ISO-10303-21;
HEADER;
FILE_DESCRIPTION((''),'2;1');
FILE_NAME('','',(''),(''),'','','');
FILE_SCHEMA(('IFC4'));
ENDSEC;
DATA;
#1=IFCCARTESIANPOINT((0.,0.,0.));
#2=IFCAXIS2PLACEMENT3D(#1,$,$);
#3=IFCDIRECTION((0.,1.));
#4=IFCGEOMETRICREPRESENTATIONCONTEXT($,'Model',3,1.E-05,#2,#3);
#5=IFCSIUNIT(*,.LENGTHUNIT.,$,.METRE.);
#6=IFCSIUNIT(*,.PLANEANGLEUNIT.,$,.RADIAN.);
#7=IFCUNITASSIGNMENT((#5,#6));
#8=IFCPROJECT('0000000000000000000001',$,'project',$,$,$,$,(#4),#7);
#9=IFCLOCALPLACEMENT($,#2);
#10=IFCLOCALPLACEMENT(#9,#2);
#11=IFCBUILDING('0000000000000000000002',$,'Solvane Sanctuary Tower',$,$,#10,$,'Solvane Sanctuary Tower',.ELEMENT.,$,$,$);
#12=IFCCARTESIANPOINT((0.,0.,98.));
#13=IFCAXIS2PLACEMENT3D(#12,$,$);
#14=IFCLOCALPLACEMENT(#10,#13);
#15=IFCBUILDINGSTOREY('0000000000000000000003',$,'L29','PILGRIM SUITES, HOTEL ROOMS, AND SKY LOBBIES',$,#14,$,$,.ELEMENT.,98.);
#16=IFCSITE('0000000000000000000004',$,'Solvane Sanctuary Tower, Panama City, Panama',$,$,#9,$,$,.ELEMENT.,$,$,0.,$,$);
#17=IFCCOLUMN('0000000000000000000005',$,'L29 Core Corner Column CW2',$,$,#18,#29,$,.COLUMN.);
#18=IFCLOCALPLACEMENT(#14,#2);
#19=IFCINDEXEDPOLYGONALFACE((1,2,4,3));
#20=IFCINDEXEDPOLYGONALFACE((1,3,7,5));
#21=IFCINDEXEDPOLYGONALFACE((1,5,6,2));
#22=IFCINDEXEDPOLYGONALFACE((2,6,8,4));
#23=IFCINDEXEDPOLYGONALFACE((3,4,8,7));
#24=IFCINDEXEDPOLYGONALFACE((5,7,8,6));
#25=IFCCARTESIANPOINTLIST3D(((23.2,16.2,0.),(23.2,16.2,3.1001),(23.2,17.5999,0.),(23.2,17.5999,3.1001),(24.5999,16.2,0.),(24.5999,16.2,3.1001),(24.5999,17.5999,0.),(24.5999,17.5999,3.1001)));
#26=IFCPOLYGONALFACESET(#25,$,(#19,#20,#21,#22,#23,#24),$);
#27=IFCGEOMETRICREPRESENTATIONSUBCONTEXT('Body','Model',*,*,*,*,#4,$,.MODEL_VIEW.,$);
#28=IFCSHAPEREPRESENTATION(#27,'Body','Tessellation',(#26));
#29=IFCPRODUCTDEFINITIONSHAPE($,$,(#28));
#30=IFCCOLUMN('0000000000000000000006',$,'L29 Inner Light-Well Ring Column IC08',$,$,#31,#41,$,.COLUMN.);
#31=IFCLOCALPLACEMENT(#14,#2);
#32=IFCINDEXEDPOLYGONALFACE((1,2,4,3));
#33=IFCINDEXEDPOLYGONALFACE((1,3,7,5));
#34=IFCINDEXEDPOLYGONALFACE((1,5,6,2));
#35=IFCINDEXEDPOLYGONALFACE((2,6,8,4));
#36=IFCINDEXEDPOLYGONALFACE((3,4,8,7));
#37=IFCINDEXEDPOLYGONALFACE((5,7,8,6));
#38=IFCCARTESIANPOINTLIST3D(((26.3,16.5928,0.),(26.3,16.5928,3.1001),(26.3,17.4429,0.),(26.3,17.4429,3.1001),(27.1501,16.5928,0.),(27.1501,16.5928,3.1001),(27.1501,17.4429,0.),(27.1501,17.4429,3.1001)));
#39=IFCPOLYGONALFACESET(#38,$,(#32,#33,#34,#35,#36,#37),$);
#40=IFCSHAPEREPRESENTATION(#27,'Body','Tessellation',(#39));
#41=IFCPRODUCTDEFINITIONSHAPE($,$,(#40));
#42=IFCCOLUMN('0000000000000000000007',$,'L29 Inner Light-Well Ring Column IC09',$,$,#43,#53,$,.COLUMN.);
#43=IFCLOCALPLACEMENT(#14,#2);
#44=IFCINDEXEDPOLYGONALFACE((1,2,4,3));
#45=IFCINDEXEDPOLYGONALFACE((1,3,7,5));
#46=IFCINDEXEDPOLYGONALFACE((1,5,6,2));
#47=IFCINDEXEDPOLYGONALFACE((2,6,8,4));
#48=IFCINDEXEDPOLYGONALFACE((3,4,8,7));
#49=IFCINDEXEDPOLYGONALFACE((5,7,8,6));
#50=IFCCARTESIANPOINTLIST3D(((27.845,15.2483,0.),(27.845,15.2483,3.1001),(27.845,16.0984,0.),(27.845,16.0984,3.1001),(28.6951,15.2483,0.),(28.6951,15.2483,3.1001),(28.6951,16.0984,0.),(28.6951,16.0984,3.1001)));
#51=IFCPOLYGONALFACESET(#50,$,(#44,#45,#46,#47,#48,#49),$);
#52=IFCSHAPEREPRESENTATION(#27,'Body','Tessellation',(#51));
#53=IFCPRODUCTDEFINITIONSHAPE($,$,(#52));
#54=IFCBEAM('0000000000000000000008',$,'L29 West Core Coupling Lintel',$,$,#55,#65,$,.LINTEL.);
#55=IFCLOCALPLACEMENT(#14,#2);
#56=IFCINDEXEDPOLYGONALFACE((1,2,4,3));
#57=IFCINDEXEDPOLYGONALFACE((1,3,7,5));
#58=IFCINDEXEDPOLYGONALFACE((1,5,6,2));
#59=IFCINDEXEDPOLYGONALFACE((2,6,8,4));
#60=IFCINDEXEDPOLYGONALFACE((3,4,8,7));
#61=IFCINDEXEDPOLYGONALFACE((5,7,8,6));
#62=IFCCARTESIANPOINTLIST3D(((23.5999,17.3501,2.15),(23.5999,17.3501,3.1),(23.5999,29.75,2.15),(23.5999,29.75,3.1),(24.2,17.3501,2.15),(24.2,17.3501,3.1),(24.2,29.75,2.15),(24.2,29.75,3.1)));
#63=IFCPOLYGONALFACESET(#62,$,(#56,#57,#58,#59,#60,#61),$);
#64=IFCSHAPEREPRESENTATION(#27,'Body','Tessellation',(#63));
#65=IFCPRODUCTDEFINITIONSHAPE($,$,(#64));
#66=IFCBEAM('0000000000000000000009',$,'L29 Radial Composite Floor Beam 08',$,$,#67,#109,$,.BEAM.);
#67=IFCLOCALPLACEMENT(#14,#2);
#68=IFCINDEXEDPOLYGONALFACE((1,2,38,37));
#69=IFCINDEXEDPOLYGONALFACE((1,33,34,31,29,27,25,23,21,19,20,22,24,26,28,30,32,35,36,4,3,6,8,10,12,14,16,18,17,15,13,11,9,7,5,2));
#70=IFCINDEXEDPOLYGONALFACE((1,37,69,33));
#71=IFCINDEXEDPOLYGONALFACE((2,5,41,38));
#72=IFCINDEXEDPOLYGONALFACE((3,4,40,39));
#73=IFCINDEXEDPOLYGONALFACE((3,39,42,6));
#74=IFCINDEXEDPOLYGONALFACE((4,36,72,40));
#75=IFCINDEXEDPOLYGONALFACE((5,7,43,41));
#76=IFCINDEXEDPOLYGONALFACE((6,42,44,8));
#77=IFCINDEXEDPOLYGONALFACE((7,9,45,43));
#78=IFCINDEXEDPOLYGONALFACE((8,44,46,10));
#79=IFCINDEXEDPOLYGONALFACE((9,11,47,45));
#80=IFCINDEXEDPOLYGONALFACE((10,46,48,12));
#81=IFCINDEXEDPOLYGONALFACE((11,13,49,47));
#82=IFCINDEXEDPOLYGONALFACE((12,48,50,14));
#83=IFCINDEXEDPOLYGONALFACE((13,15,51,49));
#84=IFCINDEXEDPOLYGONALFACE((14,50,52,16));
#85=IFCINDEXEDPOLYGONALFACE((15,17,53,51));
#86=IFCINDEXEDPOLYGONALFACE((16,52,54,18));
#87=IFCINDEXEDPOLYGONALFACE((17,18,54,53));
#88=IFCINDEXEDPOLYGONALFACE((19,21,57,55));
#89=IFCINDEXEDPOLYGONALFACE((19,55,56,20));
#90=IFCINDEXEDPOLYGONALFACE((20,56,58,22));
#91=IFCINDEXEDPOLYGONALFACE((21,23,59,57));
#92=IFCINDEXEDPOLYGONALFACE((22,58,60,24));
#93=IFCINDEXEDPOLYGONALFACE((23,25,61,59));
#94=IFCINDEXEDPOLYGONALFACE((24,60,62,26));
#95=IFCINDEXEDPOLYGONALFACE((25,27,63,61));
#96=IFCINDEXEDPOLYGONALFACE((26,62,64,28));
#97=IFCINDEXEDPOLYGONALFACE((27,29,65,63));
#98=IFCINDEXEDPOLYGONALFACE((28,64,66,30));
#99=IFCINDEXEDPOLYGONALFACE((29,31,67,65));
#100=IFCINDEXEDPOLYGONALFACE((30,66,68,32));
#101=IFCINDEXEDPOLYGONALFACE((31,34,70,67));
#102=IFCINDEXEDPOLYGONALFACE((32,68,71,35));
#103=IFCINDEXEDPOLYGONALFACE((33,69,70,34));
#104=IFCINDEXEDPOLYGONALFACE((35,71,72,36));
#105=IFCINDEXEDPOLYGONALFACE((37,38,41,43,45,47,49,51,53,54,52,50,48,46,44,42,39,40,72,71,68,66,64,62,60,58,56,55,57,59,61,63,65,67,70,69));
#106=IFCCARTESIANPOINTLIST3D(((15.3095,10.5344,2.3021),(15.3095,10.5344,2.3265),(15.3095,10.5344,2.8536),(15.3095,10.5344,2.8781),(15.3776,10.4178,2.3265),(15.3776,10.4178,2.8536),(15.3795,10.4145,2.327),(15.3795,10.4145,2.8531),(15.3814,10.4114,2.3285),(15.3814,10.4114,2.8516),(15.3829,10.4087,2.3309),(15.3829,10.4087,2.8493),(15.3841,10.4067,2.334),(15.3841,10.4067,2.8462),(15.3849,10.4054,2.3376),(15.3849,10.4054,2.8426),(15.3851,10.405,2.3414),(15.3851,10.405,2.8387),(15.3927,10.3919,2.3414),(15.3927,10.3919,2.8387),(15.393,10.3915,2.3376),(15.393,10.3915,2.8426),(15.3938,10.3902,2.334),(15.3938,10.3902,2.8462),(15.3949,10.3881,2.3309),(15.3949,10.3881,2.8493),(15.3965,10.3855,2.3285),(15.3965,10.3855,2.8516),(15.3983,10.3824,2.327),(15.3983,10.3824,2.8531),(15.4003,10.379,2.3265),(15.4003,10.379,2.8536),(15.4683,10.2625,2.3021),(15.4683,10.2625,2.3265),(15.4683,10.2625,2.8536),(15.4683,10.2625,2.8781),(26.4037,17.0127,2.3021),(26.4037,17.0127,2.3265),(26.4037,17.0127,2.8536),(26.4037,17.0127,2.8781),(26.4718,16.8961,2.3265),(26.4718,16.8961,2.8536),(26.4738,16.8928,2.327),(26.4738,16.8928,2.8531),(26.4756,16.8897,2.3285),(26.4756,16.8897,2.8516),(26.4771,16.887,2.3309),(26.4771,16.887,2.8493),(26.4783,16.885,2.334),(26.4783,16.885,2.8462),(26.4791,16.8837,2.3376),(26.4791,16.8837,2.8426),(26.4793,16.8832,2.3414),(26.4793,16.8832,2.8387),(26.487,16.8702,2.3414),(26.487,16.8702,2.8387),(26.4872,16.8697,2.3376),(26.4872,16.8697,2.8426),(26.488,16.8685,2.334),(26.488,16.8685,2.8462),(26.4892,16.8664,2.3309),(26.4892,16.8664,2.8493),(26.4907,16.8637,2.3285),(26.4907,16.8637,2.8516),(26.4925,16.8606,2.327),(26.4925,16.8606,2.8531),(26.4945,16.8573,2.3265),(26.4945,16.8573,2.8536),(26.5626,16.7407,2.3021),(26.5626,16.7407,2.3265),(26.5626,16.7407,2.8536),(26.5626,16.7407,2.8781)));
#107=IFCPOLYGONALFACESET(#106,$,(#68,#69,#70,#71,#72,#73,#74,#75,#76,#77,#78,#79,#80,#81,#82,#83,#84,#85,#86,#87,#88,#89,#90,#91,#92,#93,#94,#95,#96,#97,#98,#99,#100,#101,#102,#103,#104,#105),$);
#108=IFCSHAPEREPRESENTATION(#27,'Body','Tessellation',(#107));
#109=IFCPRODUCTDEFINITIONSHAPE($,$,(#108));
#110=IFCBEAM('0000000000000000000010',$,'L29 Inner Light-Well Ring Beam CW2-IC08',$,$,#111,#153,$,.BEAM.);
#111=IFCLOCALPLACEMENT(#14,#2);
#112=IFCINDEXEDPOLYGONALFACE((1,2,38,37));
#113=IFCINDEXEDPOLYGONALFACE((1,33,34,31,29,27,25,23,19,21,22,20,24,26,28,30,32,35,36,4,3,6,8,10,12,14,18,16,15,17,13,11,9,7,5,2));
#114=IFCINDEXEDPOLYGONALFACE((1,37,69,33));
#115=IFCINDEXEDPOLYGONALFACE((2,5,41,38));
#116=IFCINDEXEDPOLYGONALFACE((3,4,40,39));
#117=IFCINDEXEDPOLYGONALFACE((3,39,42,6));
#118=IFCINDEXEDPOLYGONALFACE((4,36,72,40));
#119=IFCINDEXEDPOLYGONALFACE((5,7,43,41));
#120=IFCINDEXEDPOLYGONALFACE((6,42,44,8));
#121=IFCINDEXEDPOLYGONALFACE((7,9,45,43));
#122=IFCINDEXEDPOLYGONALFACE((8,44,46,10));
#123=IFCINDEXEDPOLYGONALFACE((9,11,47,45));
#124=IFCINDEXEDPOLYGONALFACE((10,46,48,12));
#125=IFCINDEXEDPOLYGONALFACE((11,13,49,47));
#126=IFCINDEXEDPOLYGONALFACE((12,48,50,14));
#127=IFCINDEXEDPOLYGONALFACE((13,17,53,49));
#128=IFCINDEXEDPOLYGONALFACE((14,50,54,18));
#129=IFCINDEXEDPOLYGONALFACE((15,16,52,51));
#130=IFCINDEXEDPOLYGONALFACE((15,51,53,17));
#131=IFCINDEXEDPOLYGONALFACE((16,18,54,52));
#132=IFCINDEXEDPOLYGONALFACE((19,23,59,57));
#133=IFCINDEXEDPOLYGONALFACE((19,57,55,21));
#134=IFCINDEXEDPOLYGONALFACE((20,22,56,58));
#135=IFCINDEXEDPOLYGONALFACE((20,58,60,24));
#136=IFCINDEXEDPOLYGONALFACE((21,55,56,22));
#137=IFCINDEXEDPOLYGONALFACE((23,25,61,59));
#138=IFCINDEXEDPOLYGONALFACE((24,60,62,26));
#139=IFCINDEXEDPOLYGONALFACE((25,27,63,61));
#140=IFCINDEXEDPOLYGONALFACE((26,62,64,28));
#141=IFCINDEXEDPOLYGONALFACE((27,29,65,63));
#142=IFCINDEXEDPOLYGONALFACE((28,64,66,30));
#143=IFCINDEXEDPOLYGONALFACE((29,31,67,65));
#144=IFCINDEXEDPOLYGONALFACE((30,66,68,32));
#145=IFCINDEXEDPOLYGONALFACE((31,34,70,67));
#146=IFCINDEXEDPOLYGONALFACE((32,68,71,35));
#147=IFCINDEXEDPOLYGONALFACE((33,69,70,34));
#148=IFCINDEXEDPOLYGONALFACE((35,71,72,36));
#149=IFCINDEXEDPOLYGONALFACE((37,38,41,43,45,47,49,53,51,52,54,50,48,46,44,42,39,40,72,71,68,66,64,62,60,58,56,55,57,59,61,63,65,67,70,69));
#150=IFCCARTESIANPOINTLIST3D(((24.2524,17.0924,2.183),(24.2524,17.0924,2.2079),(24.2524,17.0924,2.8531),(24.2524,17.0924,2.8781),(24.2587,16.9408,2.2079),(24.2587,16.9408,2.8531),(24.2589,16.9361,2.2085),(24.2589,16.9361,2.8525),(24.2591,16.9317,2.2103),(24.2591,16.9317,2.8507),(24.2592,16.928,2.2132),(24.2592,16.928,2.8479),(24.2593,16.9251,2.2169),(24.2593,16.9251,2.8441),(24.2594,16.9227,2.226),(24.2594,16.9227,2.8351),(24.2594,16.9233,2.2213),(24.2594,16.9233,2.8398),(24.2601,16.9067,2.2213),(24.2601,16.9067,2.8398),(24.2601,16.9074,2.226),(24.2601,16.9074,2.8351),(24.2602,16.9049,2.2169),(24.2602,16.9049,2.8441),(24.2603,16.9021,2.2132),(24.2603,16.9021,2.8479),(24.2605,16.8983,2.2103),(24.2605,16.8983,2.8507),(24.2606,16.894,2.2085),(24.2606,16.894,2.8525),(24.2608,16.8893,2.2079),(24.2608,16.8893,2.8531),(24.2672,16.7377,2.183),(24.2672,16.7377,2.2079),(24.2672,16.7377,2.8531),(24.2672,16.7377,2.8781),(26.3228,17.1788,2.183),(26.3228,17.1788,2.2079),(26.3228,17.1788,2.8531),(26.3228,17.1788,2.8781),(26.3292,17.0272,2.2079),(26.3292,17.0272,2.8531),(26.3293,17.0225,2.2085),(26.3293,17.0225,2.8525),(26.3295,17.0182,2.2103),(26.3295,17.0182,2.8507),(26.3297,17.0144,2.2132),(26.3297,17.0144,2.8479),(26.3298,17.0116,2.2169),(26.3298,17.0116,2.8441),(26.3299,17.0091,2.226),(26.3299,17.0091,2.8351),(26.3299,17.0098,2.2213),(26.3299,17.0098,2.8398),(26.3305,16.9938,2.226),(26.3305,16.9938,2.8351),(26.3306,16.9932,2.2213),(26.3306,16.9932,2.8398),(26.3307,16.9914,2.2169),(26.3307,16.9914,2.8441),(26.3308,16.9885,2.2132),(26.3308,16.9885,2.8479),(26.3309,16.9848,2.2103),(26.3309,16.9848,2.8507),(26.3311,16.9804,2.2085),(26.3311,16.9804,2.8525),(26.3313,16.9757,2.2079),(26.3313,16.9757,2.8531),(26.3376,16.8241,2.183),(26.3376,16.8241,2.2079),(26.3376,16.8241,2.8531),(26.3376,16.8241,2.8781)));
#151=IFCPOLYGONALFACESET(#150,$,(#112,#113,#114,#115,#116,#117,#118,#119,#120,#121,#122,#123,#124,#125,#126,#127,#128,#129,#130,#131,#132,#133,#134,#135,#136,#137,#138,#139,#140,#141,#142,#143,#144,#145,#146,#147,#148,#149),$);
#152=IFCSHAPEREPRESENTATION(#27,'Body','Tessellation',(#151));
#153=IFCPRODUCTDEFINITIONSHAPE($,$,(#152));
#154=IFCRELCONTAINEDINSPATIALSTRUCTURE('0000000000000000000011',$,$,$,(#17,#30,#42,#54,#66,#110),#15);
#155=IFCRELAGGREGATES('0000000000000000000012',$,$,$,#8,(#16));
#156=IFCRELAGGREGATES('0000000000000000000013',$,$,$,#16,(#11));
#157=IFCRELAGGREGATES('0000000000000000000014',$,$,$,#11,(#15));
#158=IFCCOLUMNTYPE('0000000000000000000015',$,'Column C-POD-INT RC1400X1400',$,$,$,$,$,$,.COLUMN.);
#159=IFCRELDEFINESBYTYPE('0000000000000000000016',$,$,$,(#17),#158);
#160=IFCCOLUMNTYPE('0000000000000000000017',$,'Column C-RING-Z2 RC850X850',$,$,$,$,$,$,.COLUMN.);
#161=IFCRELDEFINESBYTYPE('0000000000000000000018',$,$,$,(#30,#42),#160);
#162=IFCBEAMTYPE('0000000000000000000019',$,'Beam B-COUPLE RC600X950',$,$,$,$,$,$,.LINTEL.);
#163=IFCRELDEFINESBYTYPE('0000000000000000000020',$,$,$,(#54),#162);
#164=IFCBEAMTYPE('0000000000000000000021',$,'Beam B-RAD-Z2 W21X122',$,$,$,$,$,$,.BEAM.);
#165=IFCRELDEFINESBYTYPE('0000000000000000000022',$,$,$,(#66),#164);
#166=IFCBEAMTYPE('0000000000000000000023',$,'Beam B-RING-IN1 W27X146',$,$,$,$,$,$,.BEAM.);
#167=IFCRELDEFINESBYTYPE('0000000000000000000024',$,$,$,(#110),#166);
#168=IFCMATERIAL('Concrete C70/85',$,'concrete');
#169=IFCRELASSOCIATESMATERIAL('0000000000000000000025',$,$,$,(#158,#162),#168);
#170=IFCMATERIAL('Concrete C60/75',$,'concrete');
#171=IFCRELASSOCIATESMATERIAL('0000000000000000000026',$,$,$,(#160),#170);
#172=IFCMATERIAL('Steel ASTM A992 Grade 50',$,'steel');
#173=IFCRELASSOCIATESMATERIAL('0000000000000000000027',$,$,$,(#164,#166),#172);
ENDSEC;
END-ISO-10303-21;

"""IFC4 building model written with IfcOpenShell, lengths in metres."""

from ifc_helpers import new_model, si_unit, direction, frame, origin, origin_2d, place, context, subcontext, project, spatial, rectangle, i_section, extrude, material, material_profile, profile_set, type_object, element, save


model = new_model("IFC4")

# Units and contexts
model_context = context("Model", 3, precision=1e-05, world=origin(), true_north=direction((0.0, 1.0)))
body_context = subcontext(model_context, "Body", "Model", "MODEL_VIEW")
ifc_project = project(units=[si_unit("LENGTHUNIT", "METRE"), si_unit("PLANEANGLEUNIT", "RADIAN")], contexts=[model_context])

# Site, building, storey
site_placement = place(None, origin())
site = spatial("IfcSite", under=ifc_project, at=site_placement, Name="Solvane Sanctuary Tower, Panama City, Panama", CompositionType="ELEMENT", RefElevation=0.0)
building_placement = place(site_placement, origin())
building = spatial("IfcBuilding", under=site, at=building_placement, Name="Solvane Sanctuary Tower", LongName="Solvane Sanctuary Tower", CompositionType="ELEMENT")
storey_placement = place(building_placement, frame((0.0, 0.0, 98.0)))
storey = spatial("IfcBuildingStorey", under=building, at=storey_placement, Name="L29", Description="PILGRIM SUITES, HOTEL ROOMS, AND SKY LOBBIES", CompositionType="ELEMENT", Elevation=98.0)

# Columns
ifc_material_1 = material(Name="Concrete C70/85", Category="concrete")
ifc_material_profile_1 = material_profile(ifc_material_1, rectangle(XDim=1.3999, YDim=1.3999, at=origin_2d()), Name="RC1400X1400")
ifc_profile_set_1 = profile_set([ifc_material_profile_1], Name="Concrete C70/85")
column_type_1 = type_object("IfcColumnType", Name="Column C-POD-INT RC1400X1400", PredefinedType="COLUMN", material=ifc_profile_set_1)
column_placement = place(storey_placement, frame((23.8999, 16.8999, 0.0), z_axis=(0.0, 0.0, 1.0), x_axis=(1.0, 0.0, 0.0)))
element("IfcColumn", 1, at=column_placement, inside=storey, type_object=column_type_1, Name="L29 Core Corner Column CW2", PredefinedType="COLUMN", context=body_context, shape_type="SweptSolid", body=[
    extrude(rectangle(XDim=1.3999, YDim=1.3999, at=origin_2d()), origin(), (0.0, 0.0, 1.0), 3.1001),
])
ifc_material_2 = material(Name="Concrete C60/75", Category="concrete")
ifc_material_profile_2 = material_profile(ifc_material_2, rectangle(XDim=0.8501, YDim=0.8501, at=origin_2d()), Name="RC850X850")
ifc_profile_set_2 = profile_set([ifc_material_profile_2], Name="Concrete C60/75")
column_type_2 = type_object("IfcColumnType", Name="Column C-RING-Z2 RC850X850", PredefinedType="COLUMN", material=ifc_profile_set_2)
for number, where, z_axis, x_axis, name in (
    (2, (26.7251, 17.0178, 0.0), (0.0, 0.0, 1.0), (1.0, 0.0, 0.0), "L29 Inner Light-Well Ring Column IC08"),
    (3, (28.27, 15.6733, 0.0), (0.0, 0.0, 1.0), (1.0, 0.0, 0.0), "L29 Inner Light-Well Ring Column IC09"),
):
    element("IfcColumn", number, at=place(storey_placement, frame(where, z_axis=z_axis, x_axis=x_axis)), inside=storey, type_object=column_type_2, Name=name, PredefinedType="COLUMN", context=body_context, shape_type="SweptSolid", body=[
        extrude(rectangle(XDim=0.8501, YDim=0.8501, at=origin_2d()), origin(), (0.0, 0.0, 1.0), 3.1001),
    ])

# Beams
ifc_material_profile_3 = material_profile(ifc_material_1, rectangle(XDim=0.6001, YDim=0.95, at=origin_2d()), Name="RC600X950")
ifc_profile_set_3 = profile_set([ifc_material_profile_3], Name="Concrete C70/85")
beam_type_1 = type_object("IfcBeamType", Name="Beam B-COUPLE RC600X950", PredefinedType="LINTEL", material=ifc_profile_set_3)
beam_1_placement = place(storey_placement, frame((23.8999, 17.3501, 2.625), z_axis=(0.0, 1.0, 0.0), x_axis=(-1.0, 0.0, 0.0)))
element("IfcBeam", 4, at=beam_1_placement, inside=storey, type_object=beam_type_1, Name="L29 West Core Coupling Lintel", PredefinedType="LINTEL", context=body_context, shape_type="SweptSolid", body=[
    extrude(rectangle(XDim=0.6001, YDim=0.95, at=origin_2d()), origin(), (0.0, 0.0, 1.0), 12.3999),
])
ifc_material_3 = material(Name="Steel ASTM A992 Grade 50", Category="steel")
ifc_material_profile_4 = material_profile(ifc_material_3, i_section(OverallWidth=0.3149, OverallDepth=0.5759, WebThickness=0.0151, FlangeThickness=0.0244, FilletRadius=0.0149, at=origin_2d()), Name="W21X122")
ifc_profile_set_4 = profile_set([ifc_material_profile_4], Name="Steel ASTM A992 Grade 50")
beam_type_2 = type_object("IfcBeamType", Name="Beam B-RAD-Z2 W21X122", PredefinedType="BEAM", material=ifc_profile_set_4)
beam_2_placement = place(storey_placement, frame((26.4832, 16.8767, 2.5901), z_axis=(-0.863554, -0.504256, 0.0), x_axis=(0.504256, -0.863554, 0.0)))
element("IfcBeam", 5, at=beam_2_placement, inside=storey, type_object=beam_type_2, Name="L29 Radial Composite Floor Beam 08", PredefinedType="BEAM", context=body_context, shape_type="SweptSolid", body=[
    extrude(i_section(OverallWidth=0.3149, OverallDepth=0.5759, WebThickness=0.0151, FlangeThickness=0.0244, FilletRadius=0.0149, at=origin_2d()), origin(), (0.0, 0.0, 1.0), 12.8472),
])
ifc_material_profile_5 = material_profile(ifc_material_3, i_section(OverallWidth=0.355, OverallDepth=0.6951, WebThickness=0.0154, FlangeThickness=0.0249, FilletRadius=0.0181, at=origin_2d()), Name="W27X146")
ifc_profile_set_5 = profile_set([ifc_material_profile_5], Name="Steel ASTM A992 Grade 50")
beam_type_3 = type_object("IfcBeamType", Name="Beam B-RING-IN1 W27X146", PredefinedType="BEAM", material=ifc_profile_set_5)
beam_3_placement = place(storey_placement, frame((24.2598, 16.915, 2.5305), z_axis=(0.99913, 0.041704, 0.0), x_axis=(-0.041704, 0.99913, 0.0)))
element("IfcBeam", 6, at=beam_3_placement, inside=storey, type_object=beam_type_3, Name="L29 Inner Light-Well Ring Beam CW2-IC08", PredefinedType="BEAM", context=body_context, shape_type="SweptSolid", body=[
    extrude(i_section(OverallWidth=0.355, OverallDepth=0.6951, WebThickness=0.0154, FlangeThickness=0.0249, FilletRadius=0.0181, at=origin_2d()), origin(), (0.0, 0.0, 1.0), 2.0723),
])

save(model, "model.ifc")
